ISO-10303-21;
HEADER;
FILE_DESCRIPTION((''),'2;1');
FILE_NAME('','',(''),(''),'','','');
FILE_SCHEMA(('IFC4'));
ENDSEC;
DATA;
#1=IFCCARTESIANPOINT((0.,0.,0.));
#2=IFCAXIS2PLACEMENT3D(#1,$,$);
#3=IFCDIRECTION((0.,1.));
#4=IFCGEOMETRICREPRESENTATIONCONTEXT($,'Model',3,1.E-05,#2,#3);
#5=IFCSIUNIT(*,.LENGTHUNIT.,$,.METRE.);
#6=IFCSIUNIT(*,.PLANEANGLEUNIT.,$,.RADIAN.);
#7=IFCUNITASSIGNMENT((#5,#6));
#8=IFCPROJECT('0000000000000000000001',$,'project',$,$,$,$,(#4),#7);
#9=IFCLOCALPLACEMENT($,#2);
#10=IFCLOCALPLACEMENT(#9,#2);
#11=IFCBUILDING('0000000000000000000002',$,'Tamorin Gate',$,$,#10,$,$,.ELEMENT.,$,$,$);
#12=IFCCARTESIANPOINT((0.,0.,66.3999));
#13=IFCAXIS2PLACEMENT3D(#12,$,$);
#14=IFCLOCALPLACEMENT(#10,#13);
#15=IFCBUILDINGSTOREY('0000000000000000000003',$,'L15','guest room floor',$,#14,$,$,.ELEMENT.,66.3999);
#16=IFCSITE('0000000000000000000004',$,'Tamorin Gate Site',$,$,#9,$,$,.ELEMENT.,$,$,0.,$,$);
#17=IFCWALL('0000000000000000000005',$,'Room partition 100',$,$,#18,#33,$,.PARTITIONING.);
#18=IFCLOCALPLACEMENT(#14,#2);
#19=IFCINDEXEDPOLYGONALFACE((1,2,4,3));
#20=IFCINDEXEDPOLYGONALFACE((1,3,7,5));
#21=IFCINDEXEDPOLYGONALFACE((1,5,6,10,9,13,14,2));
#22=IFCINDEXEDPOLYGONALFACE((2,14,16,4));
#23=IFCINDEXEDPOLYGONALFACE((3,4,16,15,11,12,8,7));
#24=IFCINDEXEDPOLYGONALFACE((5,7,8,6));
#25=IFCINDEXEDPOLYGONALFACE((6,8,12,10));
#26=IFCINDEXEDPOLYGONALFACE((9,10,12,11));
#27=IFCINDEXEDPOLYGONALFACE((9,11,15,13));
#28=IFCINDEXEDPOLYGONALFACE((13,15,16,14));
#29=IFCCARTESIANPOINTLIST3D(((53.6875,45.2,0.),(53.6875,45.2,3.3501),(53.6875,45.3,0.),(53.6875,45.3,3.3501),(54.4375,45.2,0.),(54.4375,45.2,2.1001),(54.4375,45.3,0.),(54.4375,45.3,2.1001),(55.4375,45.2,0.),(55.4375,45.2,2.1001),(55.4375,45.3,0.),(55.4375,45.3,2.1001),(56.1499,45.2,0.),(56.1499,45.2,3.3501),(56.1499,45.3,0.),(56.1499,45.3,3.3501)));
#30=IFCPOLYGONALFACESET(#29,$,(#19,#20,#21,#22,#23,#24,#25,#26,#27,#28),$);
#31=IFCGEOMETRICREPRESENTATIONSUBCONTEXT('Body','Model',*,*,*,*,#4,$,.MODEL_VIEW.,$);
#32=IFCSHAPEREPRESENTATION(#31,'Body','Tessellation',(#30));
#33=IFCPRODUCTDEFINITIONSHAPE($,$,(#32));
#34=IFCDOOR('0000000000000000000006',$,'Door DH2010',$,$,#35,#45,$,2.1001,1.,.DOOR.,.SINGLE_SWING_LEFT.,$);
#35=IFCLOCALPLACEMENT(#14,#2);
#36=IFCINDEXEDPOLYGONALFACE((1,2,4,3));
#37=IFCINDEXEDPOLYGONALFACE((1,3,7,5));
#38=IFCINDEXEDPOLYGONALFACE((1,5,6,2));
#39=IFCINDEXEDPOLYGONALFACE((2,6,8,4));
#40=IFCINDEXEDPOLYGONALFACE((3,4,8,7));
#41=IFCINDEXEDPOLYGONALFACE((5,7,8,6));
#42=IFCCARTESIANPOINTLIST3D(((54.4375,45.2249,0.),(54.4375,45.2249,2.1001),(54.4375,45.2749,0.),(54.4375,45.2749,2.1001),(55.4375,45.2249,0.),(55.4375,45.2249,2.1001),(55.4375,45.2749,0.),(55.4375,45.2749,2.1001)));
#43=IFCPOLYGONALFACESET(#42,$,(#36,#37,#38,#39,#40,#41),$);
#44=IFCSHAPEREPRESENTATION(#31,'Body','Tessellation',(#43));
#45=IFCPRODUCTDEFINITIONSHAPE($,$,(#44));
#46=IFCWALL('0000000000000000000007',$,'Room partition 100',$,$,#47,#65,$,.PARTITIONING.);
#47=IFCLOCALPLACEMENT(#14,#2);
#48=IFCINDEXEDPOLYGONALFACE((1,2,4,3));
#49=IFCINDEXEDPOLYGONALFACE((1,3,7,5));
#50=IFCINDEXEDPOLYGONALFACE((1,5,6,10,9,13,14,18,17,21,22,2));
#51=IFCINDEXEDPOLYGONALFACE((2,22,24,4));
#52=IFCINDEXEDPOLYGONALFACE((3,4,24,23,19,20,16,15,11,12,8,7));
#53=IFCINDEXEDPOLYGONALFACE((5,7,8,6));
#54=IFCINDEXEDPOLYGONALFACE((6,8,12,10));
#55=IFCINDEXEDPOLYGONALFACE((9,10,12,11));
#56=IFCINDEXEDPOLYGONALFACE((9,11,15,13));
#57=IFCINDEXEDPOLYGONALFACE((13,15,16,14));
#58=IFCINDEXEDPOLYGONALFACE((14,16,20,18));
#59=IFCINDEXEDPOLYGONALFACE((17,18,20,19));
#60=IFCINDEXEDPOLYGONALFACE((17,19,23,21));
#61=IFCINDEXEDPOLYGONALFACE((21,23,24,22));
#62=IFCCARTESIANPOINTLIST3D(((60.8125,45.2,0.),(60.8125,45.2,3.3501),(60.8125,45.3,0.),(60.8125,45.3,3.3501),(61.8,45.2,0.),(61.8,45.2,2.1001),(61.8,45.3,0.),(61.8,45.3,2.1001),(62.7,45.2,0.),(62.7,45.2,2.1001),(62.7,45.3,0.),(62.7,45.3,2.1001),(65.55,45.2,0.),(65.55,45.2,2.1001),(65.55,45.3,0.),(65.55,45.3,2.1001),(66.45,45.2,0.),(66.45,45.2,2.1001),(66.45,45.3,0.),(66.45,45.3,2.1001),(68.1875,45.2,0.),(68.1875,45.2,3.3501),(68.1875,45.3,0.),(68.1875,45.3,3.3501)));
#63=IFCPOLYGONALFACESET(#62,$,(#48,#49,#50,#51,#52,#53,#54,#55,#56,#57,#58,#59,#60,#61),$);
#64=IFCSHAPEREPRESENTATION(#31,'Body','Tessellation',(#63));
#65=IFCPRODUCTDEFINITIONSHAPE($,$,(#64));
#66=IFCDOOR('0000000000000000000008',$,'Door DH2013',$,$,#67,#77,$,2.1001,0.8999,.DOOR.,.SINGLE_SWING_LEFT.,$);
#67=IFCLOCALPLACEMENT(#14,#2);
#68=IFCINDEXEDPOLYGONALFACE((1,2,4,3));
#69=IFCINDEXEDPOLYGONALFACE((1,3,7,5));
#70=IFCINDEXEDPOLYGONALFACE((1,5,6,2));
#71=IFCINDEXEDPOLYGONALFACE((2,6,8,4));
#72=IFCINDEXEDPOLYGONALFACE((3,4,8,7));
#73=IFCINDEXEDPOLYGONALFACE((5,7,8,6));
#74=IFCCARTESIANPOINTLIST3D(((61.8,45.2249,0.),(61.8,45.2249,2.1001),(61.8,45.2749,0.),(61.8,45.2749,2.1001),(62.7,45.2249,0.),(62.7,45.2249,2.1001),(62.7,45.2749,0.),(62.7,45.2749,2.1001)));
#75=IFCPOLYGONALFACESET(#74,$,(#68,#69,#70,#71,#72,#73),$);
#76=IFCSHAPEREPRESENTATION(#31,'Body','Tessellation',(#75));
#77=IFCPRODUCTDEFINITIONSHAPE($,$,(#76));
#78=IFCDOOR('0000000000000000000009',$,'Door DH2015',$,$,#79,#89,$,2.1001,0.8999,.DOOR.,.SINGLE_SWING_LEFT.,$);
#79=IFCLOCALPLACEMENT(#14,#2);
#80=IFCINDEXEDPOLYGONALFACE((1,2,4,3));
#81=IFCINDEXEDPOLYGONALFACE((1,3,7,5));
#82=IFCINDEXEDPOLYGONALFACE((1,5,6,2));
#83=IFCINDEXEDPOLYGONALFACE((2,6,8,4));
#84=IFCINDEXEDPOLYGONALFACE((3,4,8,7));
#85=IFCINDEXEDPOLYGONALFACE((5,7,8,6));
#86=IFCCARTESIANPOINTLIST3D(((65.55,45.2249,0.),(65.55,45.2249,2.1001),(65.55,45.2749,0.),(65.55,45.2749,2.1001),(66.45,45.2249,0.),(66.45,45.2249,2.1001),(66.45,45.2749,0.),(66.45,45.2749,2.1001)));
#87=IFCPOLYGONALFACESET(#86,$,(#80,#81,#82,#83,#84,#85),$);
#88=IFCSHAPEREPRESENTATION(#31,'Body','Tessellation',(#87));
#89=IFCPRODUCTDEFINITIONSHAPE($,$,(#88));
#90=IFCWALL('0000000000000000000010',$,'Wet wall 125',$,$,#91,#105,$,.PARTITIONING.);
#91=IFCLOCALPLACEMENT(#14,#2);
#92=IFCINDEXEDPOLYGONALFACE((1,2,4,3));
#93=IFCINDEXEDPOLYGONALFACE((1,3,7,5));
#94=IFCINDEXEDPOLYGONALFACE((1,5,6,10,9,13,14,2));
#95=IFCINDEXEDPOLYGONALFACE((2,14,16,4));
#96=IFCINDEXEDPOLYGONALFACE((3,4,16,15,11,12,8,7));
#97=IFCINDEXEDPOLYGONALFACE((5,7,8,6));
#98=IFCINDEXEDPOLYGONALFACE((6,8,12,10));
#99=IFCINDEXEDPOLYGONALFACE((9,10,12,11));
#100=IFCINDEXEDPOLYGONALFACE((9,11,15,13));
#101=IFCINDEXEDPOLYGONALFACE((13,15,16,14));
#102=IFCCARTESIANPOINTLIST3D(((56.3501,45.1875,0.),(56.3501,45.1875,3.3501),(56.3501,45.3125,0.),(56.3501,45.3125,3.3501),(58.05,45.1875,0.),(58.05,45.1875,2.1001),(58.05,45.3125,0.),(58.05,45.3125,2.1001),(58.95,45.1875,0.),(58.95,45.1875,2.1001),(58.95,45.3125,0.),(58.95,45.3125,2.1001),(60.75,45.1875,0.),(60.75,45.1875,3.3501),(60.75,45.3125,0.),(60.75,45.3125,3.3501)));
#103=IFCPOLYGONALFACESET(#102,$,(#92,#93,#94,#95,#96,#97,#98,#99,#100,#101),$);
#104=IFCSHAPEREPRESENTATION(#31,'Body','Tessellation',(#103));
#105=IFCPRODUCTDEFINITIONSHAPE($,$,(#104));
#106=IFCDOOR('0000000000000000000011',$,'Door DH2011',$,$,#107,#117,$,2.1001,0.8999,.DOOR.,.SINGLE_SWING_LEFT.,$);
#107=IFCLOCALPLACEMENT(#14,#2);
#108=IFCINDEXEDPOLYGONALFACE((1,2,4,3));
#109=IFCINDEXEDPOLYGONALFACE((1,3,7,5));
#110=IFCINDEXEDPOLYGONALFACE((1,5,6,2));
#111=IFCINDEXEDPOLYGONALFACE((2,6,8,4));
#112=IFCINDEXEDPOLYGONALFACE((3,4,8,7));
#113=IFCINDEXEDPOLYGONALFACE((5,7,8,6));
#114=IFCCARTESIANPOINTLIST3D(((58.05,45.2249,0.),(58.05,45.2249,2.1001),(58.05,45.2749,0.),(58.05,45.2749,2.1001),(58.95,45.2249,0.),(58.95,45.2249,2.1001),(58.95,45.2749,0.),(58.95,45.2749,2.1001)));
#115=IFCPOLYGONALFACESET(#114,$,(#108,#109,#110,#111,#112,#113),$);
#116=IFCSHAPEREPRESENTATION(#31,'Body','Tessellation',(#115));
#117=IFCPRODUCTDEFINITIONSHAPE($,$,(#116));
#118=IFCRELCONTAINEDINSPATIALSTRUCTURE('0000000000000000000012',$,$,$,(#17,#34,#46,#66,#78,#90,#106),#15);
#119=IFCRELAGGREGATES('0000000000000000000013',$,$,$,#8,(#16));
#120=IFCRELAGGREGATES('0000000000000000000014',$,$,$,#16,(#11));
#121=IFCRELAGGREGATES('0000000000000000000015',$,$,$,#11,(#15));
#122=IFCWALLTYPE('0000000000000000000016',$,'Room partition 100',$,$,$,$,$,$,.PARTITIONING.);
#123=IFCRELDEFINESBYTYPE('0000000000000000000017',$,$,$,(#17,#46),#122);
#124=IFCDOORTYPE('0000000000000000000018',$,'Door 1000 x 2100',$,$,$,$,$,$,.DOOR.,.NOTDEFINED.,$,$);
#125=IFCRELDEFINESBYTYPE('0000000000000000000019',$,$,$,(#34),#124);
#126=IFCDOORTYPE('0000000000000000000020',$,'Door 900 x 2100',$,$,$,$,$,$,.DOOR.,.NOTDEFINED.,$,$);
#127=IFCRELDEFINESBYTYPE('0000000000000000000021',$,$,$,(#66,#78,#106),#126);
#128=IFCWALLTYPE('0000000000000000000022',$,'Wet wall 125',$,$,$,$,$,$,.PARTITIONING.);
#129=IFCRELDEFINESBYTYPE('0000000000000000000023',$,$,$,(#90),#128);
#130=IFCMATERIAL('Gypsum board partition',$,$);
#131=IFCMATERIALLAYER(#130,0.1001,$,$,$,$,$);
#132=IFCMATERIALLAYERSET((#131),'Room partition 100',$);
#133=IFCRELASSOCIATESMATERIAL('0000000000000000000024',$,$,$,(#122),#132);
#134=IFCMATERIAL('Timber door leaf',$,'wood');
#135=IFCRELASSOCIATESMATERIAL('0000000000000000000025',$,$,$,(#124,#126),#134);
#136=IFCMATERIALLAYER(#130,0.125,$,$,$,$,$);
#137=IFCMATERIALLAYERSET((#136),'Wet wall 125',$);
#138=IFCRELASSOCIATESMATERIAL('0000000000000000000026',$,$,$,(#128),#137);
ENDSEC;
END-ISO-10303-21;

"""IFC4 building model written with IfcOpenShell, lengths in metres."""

from ifc_helpers import new_model, si_unit, direction, frame, frame_2d, origin, place, context, subcontext, project, spatial, rectangle, extrude, material, layer, layer_set, type_object, element, fill, save


model = new_model("IFC4")

# Units and contexts
model_context = context("Model", 3, precision=1e-05, world=origin(), true_north=direction((0.0, 1.0)))
body_context = subcontext(model_context, "Body", "Model", "MODEL_VIEW")
ifc_project = project(units=[si_unit("LENGTHUNIT", "METRE"), si_unit("PLANEANGLEUNIT", "RADIAN")], contexts=[model_context])

# Site, building, storey
site_placement = place(None, origin())
site = spatial("IfcSite", under=ifc_project, at=site_placement, Name="Tamorin Gate Site", CompositionType="ELEMENT", RefElevation=0.0)
building_placement = place(site_placement, origin())
building = spatial("IfcBuilding", under=site, at=building_placement, Name="Tamorin Gate", CompositionType="ELEMENT")
storey_placement = place(building_placement, frame((0.0, 0.0, 66.3999)))
storey = spatial("IfcBuildingStorey", under=building, at=storey_placement, Name="L15", Description="guest room floor", CompositionType="ELEMENT", Elevation=66.3999)

# Shared definitions
ifc_material_1 = material(Name="Gypsum board partition")

# Wall, opening, door
ifc_layer_1 = layer(ifc_material_1, 0.1001)
ifc_layer_set_1 = layer_set([ifc_layer_1], Name="Room partition 100")
wall_type_1 = type_object("IfcWallType", Name="Room partition 100", PredefinedType="PARTITIONING", material=ifc_layer_set_1)
wall_1_placement = place(storey_placement, frame((53.6875, 45.25, 0.0), z_axis=(0.0, 0.0, 1.0), x_axis=(1.0, 0.0, 0.0)))
wall_1 = element("IfcWall", 1, at=wall_1_placement, inside=storey, type_object=wall_type_1, Name="Room partition 100", PredefinedType="PARTITIONING", context=body_context, shape_type="SweptSolid", body=[
    extrude(rectangle(XDim=2.4624, YDim=0.1001, at=frame_2d((1.2312, 0.0))), origin(), (0.0, 0.0, 1.0), 3.3501),
])
opening_1_placement = place(wall_1_placement, frame((0.75, 0.0, 0.0)))
opening_1 = element("IfcOpeningElement", 2, at=opening_1_placement, cuts=wall_1, PredefinedType="OPENING", context=body_context, shape_type="SweptSolid", body=[
    extrude(rectangle(XDim=1.0, YDim=2.1001, at=frame_2d((0.5, 1.05))), frame((0.0, 0.0601, 0.0), z_axis=(0.0, -1.0, 0.0), x_axis=(1.0, 0.0, 0.0)), (0.0, 0.0, 1.0), 0.1201),
])
ifc_material_2 = material(Name="Timber door leaf", Category="wood")
door_type_1 = type_object("IfcDoorType", Name="Door 1000 x 2100", OperationType="NOTDEFINED", PredefinedType="DOOR", material=ifc_material_2)
door_1_placement = place(opening_1_placement, origin())
door_1 = element("IfcDoor", 3, at=door_1_placement, inside=storey, type_object=door_type_1, Name="Door DH2010", OperationType="SINGLE_SWING_LEFT", OverallHeight=2.1001, OverallWidth=1.0, PredefinedType="DOOR", context=body_context, shape_type="SweptSolid", body=[
    extrude(rectangle(XDim=1.0, YDim=2.1001, at=frame_2d((0.5, 1.05))), frame((0.0, 0.0249, 0.0), z_axis=(0.0, -1.0, 0.0), x_axis=(1.0, 0.0, 0.0)), (0.0, 0.0, 1.0), 0.05),
])
fill(opening_1, door_1)

# Wall, openings, doors
wall_2_placement = place(storey_placement, frame((60.8125, 45.25, 0.0), z_axis=(0.0, 0.0, 1.0), x_axis=(1.0, 0.0, 0.0)))
wall_2 = element("IfcWall", 4, at=wall_2_placement, inside=storey, type_object=wall_type_1, Name="Room partition 100", PredefinedType="PARTITIONING", context=body_context, shape_type="SweptSolid", body=[
    extrude(rectangle(XDim=7.375, YDim=0.1001, at=frame_2d((3.6875, 0.0))), origin(), (0.0, 0.0, 1.0), 3.3501),
])
opening_2_placement = place(wall_2_placement, frame((0.9875, 0.0, 0.0)))
opening_2 = element("IfcOpeningElement", 5, at=opening_2_placement, cuts=wall_2, PredefinedType="OPENING", context=body_context, shape_type="SweptSolid", body=[
    extrude(rectangle(XDim=0.8999, YDim=2.1001, at=frame_2d((0.45, 1.05))), frame((0.0, 0.0601, 0.0), z_axis=(0.0, -1.0, 0.0), x_axis=(1.0, 0.0, 0.0)), (0.0, 0.0, 1.0), 0.1201),
])
opening_3_placement = place(wall_2_placement, frame((4.7375, 0.0, 0.0)))
opening_3 = element("IfcOpeningElement", 6, at=opening_3_placement, cuts=wall_2, PredefinedType="OPENING", context=body_context, shape_type="SweptSolid", body=[
    extrude(rectangle(XDim=0.8999, YDim=2.1001, at=frame_2d((0.45, 1.05))), frame((0.0, 0.0601, 0.0), z_axis=(0.0, -1.0, 0.0), x_axis=(1.0, 0.0, 0.0)), (0.0, 0.0, 1.0), 0.1201),
])
door_type_2 = type_object("IfcDoorType", Name="Door 900 x 2100", OperationType="NOTDEFINED", PredefinedType="DOOR", material=ifc_material_2)
door_2_placement = place(opening_2_placement, origin())
door_2 = element("IfcDoor", 7, at=door_2_placement, inside=storey, type_object=door_type_2, Name="Door DH2013", OperationType="SINGLE_SWING_LEFT", OverallHeight=2.1001, OverallWidth=0.8999, PredefinedType="DOOR", context=body_context, shape_type="SweptSolid", body=[
    extrude(rectangle(XDim=0.8999, YDim=2.1001, at=frame_2d((0.45, 1.05))), frame((0.0, 0.0249, 0.0), z_axis=(0.0, -1.0, 0.0), x_axis=(1.0, 0.0, 0.0)), (0.0, 0.0, 1.0), 0.05),
])
fill(opening_2, door_2)
door_3_placement = place(opening_3_placement, origin())
door_3 = element("IfcDoor", 8, at=door_3_placement, inside=storey, type_object=door_type_2, Name="Door DH2015", OperationType="SINGLE_SWING_LEFT", OverallHeight=2.1001, OverallWidth=0.8999, PredefinedType="DOOR", context=body_context, shape_type="SweptSolid", body=[
    extrude(rectangle(XDim=0.8999, YDim=2.1001, at=frame_2d((0.45, 1.05))), frame((0.0, 0.0249, 0.0), z_axis=(0.0, -1.0, 0.0), x_axis=(1.0, 0.0, 0.0)), (0.0, 0.0, 1.0), 0.05),
])
fill(opening_3, door_3)

# Wall, opening, door
ifc_layer_2 = layer(ifc_material_1, 0.125)
ifc_layer_set_2 = layer_set([ifc_layer_2], Name="Wet wall 125")
wall_type_2 = type_object("IfcWallType", Name="Wet wall 125", PredefinedType="PARTITIONING", material=ifc_layer_set_2)
wall_3_placement = place(storey_placement, frame((56.3501, 45.25, 0.0), z_axis=(0.0, 0.0, 1.0), x_axis=(1.0, 0.0, 0.0)))
wall_3 = element("IfcWall", 9, at=wall_3_placement, inside=storey, type_object=wall_type_2, Name="Wet wall 125", PredefinedType="PARTITIONING", context=body_context, shape_type="SweptSolid", body=[
    extrude(rectangle(XDim=4.3999, YDim=0.125, at=frame_2d((2.2, 0.0))), origin(), (0.0, 0.0, 1.0), 3.3501),
])
opening_4_placement = place(wall_3_placement, frame((1.7, 0.0, 0.0)))
opening_4 = element("IfcOpeningElement", 10, at=opening_4_placement, cuts=wall_3, PredefinedType="OPENING", context=body_context, shape_type="SweptSolid", body=[
    extrude(rectangle(XDim=0.8999, YDim=2.1001, at=frame_2d((0.45, 1.05))), frame((0.0, 0.0725, 0.0), z_axis=(0.0, -1.0, 0.0), x_axis=(1.0, 0.0, 0.0)), (0.0, 0.0, 1.0), 0.145),
])
door_4_placement = place(opening_4_placement, origin())
door_4 = element("IfcDoor", 11, at=door_4_placement, inside=storey, type_object=door_type_2, Name="Door DH2011", OperationType="SINGLE_SWING_LEFT", OverallHeight=2.1001, OverallWidth=0.8999, PredefinedType="DOOR", context=body_context, shape_type="SweptSolid", body=[
    extrude(rectangle(XDim=0.8999, YDim=2.1001, at=frame_2d((0.45, 1.05))), frame((0.0, 0.0249, 0.0), z_axis=(0.0, -1.0, 0.0), x_axis=(1.0, 0.0, 0.0)), (0.0, 0.0, 1.0), 0.05),
])
fill(opening_4, door_4)

save(model, "model.ifc")
